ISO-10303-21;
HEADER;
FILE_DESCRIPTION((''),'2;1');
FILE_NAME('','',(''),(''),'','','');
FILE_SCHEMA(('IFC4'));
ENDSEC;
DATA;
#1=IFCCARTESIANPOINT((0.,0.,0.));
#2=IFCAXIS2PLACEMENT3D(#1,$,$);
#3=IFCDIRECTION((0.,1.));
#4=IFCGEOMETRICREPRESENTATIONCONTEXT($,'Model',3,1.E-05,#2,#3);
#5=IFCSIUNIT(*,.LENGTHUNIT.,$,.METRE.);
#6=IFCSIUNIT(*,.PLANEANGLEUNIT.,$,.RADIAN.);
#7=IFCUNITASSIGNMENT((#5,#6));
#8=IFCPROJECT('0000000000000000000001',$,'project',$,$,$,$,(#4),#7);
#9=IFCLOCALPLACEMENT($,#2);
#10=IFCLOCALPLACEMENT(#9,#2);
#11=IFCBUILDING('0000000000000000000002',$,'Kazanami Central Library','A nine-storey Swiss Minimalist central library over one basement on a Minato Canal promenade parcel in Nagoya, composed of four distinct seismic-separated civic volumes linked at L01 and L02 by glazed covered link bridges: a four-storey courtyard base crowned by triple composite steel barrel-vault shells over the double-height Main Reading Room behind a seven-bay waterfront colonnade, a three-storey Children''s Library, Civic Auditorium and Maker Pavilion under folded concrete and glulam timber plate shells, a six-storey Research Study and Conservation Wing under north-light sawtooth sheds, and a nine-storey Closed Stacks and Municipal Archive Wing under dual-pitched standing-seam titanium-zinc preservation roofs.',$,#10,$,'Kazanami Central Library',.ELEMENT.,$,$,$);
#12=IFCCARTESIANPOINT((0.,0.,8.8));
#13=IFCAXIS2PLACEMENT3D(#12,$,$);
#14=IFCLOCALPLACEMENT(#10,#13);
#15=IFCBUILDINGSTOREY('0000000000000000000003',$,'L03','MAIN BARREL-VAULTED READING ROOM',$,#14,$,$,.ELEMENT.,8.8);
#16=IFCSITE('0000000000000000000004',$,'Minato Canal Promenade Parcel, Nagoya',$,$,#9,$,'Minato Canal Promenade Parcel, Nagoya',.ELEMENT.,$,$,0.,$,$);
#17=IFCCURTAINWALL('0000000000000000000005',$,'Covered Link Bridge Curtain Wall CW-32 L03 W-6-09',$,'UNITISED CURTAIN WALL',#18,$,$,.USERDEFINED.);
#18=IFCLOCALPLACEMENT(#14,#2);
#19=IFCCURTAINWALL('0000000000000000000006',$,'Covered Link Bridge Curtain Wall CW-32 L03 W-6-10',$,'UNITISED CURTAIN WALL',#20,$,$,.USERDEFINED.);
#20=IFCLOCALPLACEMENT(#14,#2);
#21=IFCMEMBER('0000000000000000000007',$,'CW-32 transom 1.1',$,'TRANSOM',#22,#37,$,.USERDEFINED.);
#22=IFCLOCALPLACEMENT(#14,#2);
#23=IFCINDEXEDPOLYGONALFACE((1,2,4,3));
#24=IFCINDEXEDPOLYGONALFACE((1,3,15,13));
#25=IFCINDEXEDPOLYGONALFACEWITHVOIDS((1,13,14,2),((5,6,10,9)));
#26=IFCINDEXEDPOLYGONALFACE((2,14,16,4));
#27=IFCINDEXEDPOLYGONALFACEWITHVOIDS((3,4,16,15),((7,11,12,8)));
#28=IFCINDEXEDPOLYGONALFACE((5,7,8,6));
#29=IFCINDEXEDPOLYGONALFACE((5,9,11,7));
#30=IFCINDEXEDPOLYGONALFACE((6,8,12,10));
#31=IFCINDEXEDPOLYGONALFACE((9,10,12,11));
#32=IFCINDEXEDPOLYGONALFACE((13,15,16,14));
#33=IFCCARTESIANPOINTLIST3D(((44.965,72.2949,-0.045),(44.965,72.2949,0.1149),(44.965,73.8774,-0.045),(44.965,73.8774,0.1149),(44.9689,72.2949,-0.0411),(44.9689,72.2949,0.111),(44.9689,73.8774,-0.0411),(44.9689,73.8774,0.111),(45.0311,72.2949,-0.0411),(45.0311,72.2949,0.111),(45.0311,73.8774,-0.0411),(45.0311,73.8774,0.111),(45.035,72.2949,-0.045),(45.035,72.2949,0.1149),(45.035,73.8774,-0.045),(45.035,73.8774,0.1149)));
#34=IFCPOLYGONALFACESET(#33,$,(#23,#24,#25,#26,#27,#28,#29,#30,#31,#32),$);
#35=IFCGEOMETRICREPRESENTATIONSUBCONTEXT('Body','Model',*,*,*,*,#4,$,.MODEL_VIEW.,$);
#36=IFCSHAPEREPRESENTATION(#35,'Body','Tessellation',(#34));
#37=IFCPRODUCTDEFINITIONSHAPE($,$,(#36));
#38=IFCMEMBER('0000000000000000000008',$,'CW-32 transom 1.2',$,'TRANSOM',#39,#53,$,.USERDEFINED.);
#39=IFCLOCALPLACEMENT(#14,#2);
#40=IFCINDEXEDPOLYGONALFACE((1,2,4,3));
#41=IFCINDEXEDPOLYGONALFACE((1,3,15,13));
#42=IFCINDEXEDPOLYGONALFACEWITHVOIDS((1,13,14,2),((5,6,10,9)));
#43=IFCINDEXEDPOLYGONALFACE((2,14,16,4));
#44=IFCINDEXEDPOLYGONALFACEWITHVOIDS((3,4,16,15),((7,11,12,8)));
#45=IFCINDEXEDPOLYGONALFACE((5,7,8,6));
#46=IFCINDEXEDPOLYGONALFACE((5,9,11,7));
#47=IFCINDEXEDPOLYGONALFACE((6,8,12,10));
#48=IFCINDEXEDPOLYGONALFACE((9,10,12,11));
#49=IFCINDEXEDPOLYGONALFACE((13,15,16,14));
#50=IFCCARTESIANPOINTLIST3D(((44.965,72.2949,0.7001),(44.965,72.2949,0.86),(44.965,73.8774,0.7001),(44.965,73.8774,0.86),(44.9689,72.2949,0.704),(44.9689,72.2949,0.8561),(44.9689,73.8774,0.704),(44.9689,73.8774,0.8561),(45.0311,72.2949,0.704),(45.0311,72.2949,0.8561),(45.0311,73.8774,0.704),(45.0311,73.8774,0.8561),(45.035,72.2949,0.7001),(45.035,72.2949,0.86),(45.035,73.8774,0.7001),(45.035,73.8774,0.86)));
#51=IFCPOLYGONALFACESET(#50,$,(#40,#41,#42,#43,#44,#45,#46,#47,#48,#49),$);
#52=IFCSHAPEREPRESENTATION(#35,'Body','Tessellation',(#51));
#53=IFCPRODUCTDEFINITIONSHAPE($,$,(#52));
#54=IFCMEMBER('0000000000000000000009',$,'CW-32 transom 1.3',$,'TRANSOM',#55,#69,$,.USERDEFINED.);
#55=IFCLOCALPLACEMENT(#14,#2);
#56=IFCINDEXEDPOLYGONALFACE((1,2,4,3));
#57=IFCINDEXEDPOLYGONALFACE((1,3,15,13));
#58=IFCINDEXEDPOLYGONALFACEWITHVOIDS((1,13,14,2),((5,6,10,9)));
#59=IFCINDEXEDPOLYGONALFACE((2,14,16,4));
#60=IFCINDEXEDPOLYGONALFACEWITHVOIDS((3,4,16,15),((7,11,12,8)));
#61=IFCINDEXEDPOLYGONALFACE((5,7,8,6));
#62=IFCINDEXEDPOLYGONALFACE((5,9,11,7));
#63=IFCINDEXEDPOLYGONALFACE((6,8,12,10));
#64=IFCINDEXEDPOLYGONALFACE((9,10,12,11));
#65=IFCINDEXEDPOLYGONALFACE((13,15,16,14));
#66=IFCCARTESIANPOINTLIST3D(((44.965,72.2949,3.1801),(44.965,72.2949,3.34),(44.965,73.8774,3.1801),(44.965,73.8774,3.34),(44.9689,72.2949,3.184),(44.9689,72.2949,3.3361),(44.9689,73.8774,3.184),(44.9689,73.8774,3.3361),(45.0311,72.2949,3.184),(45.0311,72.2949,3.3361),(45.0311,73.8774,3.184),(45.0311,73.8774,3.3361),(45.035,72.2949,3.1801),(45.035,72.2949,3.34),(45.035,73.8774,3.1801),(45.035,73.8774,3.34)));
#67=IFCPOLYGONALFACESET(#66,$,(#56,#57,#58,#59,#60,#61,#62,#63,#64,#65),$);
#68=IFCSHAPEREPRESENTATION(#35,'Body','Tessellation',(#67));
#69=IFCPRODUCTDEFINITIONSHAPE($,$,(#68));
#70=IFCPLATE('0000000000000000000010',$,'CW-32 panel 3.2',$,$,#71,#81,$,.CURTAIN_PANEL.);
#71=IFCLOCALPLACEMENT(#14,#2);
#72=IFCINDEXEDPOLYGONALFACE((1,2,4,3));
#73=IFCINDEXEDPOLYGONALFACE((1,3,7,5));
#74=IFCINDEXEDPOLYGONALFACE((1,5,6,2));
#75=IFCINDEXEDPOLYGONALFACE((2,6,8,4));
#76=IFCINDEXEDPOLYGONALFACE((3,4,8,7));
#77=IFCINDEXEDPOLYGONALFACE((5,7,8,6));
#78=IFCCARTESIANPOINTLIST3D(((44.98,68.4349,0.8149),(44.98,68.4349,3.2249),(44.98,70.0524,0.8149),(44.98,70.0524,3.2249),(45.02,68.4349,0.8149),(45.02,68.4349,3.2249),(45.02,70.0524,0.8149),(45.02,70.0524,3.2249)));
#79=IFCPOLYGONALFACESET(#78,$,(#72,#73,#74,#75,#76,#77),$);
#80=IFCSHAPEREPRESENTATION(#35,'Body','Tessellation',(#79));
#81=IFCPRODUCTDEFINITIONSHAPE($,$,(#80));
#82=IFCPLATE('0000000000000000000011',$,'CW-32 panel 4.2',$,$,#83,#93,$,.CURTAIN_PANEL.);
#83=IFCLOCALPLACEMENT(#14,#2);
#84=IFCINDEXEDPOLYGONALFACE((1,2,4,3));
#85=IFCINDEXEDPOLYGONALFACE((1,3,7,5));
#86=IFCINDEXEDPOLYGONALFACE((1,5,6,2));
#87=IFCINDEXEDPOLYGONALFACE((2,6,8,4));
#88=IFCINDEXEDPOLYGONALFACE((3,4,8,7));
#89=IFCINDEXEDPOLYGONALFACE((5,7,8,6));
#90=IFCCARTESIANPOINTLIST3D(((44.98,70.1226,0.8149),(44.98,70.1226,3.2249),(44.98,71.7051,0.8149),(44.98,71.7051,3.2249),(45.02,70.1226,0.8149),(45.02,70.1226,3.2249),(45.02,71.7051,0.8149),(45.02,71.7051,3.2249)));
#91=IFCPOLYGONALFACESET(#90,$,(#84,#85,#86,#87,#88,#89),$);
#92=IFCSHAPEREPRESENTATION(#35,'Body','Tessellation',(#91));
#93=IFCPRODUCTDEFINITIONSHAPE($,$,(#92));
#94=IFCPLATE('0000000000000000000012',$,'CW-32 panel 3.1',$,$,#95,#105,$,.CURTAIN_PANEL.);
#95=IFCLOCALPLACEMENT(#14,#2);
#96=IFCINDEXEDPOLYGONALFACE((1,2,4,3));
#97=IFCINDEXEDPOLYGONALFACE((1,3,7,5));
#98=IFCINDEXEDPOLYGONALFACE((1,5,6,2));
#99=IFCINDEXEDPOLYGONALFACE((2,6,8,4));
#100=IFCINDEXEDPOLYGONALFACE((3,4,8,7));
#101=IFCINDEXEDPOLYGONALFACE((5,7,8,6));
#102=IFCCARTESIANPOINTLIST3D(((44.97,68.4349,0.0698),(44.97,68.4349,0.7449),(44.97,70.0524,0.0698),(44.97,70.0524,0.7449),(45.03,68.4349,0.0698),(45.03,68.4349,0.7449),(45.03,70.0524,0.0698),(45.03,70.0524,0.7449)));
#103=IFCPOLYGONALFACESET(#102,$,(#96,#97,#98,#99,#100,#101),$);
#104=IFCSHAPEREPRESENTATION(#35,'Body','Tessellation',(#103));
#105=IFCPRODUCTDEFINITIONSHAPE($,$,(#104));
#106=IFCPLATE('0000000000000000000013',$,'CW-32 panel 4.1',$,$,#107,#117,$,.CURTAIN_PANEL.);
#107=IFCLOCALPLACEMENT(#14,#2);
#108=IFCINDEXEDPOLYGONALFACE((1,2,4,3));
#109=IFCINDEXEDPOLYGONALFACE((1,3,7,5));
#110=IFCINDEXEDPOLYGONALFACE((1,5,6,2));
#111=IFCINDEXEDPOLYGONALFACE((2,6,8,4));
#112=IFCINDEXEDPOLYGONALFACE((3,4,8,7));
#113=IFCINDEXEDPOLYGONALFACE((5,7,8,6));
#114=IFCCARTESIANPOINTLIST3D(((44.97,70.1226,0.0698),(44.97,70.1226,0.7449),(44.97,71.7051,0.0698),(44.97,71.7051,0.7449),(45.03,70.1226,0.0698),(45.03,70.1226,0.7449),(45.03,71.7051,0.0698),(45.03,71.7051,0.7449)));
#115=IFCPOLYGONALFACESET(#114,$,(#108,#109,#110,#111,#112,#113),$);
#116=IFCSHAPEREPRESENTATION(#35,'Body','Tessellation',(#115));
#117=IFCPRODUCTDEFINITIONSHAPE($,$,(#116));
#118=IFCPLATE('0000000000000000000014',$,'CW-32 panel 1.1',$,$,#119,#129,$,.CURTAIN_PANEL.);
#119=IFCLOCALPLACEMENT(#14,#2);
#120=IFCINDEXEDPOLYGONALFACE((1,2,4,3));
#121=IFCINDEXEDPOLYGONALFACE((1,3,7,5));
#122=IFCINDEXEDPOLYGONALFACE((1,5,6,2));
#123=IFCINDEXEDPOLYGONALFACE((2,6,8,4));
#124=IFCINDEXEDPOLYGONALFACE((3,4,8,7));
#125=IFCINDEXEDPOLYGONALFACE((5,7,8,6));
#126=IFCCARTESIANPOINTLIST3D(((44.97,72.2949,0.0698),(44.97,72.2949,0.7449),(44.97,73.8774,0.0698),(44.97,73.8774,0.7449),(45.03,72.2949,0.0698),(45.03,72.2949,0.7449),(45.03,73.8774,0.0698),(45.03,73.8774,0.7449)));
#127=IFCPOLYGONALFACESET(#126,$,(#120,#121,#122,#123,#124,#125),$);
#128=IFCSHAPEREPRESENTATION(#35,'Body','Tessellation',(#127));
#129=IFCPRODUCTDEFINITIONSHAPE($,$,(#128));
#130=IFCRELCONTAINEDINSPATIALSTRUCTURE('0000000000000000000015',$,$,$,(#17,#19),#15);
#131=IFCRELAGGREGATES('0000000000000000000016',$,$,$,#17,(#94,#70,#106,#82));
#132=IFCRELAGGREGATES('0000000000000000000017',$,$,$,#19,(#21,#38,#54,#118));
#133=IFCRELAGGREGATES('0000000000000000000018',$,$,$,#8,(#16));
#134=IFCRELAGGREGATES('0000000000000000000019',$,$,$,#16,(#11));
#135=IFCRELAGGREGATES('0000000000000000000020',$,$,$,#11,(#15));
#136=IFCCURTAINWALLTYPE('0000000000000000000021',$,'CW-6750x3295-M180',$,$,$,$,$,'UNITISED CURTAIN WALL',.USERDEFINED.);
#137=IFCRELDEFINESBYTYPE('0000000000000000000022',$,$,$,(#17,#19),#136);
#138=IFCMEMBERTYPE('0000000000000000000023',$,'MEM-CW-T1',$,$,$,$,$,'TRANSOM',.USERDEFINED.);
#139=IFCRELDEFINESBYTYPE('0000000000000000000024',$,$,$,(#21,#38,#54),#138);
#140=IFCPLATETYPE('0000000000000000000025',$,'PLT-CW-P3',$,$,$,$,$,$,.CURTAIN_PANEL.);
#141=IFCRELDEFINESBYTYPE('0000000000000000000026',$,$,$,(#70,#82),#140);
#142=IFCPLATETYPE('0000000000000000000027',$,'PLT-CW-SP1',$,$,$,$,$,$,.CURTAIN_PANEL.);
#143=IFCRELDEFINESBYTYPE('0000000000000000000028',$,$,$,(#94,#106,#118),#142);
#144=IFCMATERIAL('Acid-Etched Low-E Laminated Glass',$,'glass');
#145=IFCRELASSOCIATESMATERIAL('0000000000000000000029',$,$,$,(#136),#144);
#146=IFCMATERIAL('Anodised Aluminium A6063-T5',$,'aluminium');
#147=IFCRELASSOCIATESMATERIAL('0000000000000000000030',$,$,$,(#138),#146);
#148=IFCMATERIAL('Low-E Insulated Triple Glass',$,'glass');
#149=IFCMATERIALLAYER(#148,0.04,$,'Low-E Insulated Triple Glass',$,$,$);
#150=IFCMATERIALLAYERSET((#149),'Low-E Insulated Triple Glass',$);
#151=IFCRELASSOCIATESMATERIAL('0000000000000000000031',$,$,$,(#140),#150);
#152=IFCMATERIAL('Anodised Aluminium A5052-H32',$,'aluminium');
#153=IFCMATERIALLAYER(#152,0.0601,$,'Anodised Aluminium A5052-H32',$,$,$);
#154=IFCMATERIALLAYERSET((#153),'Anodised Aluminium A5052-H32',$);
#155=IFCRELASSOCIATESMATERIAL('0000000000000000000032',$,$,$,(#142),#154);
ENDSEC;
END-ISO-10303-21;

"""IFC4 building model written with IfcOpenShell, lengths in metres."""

from ifc_helpers import new_model, si_unit, direction, frame, origin, origin_2d, place, context, subcontext, project, spatial, rectangle, hollow_rectangle, extrude, material, layer, layer_set, material_profile, profile_set, type_object, element, aggregate, save


model = new_model("IFC4")

# Units and contexts
model_context = context("Model", 3, precision=1e-05, world=origin(), true_north=direction((0.0, 1.0)))
body_context = subcontext(model_context, "Body", "Model", "MODEL_VIEW")
ifc_project = project(units=[si_unit("LENGTHUNIT", "METRE"), si_unit("PLANEANGLEUNIT", "RADIAN")], contexts=[model_context])

# Site, building, storey
site_placement = place(None, origin())
site = spatial("IfcSite", under=ifc_project, at=site_placement, Name="Minato Canal Promenade Parcel, Nagoya", LongName="Minato Canal Promenade Parcel, Nagoya", CompositionType="ELEMENT", RefElevation=0.0)
building_placement = place(site_placement, origin())
building = spatial("IfcBuilding", under=site, at=building_placement, Name="Kazanami Central Library", Description="A nine-storey Swiss Minimalist central library over one basement on a Minato Canal promenade parcel in Nagoya, composed of four distinct seismic-separated civic volumes linked at L01 and L02 by glazed covered link bridges: a four-storey courtyard base crowned by triple composite steel barrel-vault shells over the double-height Main Reading Room behind a seven-bay waterfront colonnade, a three-storey Children's Library, Civic Auditorium and Maker Pavilion under folded concrete and glulam timber plate shells, a six-storey Research Study and Conservation Wing under north-light sawtooth sheds, and a nine-storey Closed Stacks and Municipal Archive Wing under dual-pitched standing-seam titanium-zinc preservation roofs.", LongName="Kazanami Central Library", CompositionType="ELEMENT")
storey_placement = place(building_placement, frame((0.0, 0.0, 8.8)))
storey = spatial("IfcBuildingStorey", under=building, at=storey_placement, Name="L03", Description="MAIN BARREL-VAULTED READING ROOM", CompositionType="ELEMENT", Elevation=8.8)

# Curtain wall
ifc_material_1 = material(Name="Acid-Etched Low-E Laminated Glass", Category="glass")
curtain_wall_type = type_object("IfcCurtainWallType", Name="CW-6750x3295-M180", ElementType="UNITISED CURTAIN WALL", PredefinedType="USERDEFINED", material=ifc_material_1)
curtain_wall_1_placement = place(storey_placement, origin())
curtain_wall_1 = element("IfcCurtainWall", 1, at=curtain_wall_1_placement, inside=storey, type_object=curtain_wall_type, Name="Covered Link Bridge Curtain Wall CW-32 L03 W-6-09", ObjectType="UNITISED CURTAIN WALL", PredefinedType="USERDEFINED")
ifc_material_2 = material(Name="Anodised Aluminium A6063-T5", Category="aluminium")

# Curtain wall
curtain_wall_2_placement = place(storey_placement, origin())
curtain_wall_2 = element("IfcCurtainWall", 2, at=curtain_wall_2_placement, inside=storey, type_object=curtain_wall_type, Name="Covered Link Bridge Curtain Wall CW-32 L03 W-6-10", ObjectType="UNITISED CURTAIN WALL", PredefinedType="USERDEFINED")

# Members
ifc_material_profile_1 = material_profile(ifc_material_2, hollow_rectangle(XDim=0.0701, YDim=0.1599, WallThickness=0.0039, at=origin_2d()), Name="ALU-TRAN-70x160x4")
ifc_profile_set_1 = profile_set([ifc_material_profile_1], Name="Anodised Aluminium A6063-T5")
member_type_1 = type_object("IfcMemberType", Name="MEM-CW-T1", ElementType="TRANSOM", PredefinedType="USERDEFINED", material=ifc_profile_set_1)
member_1_placement = place(storey_placement, frame((45.0, 72.2949, 0.0349), z_axis=(0.0, 1.0, 0.0), x_axis=(-1.0, 0.0, 0.0)))
member_1 = element("IfcMember", 3, at=member_1_placement, type_object=member_type_1, Name="CW-32 transom 1.1", ObjectType="TRANSOM", PredefinedType="USERDEFINED", context=body_context, shape_type="SweptSolid", body=[
    extrude(hollow_rectangle(XDim=0.0701, YDim=0.1599, WallThickness=0.0039, at=origin_2d()), origin(), (0.0, 0.0, 1.0), 1.5825),
])
member_2_placement = place(storey_placement, frame((45.0, 72.2949, 0.78), z_axis=(0.0, 1.0, 0.0), x_axis=(-1.0, 0.0, 0.0)))
member_2 = element("IfcMember", 4, at=member_2_placement, type_object=member_type_1, Name="CW-32 transom 1.2", ObjectType="TRANSOM", PredefinedType="USERDEFINED", context=body_context, shape_type="SweptSolid", body=[
    extrude(hollow_rectangle(XDim=0.0701, YDim=0.1599, WallThickness=0.0039, at=origin_2d()), origin(), (0.0, 0.0, 1.0), 1.5825),
])
member_3_placement = place(storey_placement, frame((45.0, 72.2949, 3.26), z_axis=(0.0, 1.0, 0.0), x_axis=(-1.0, 0.0, 0.0)))
member_3 = element("IfcMember", 5, at=member_3_placement, type_object=member_type_1, Name="CW-32 transom 1.3", ObjectType="TRANSOM", PredefinedType="USERDEFINED", context=body_context, shape_type="SweptSolid", body=[
    extrude(hollow_rectangle(XDim=0.0701, YDim=0.1599, WallThickness=0.0039, at=origin_2d()), origin(), (0.0, 0.0, 1.0), 1.5825),
])

# Plates
ifc_material_3 = material(Name="Low-E Insulated Triple Glass", Category="glass")
ifc_layer_1 = layer(ifc_material_3, 0.04, Name="Low-E Insulated Triple Glass")
ifc_layer_set_1 = layer_set([ifc_layer_1], Name="Low-E Insulated Triple Glass")
plate_type_1 = type_object("IfcPlateType", Name="PLT-CW-P3", PredefinedType="CURTAIN_PANEL", material=ifc_layer_set_1)
plate_1_placement = place(storey_placement, frame((45.0, 69.2437, 0.8149), z_axis=(0.0, 0.0, 1.0), x_axis=(0.0, 1.0, 0.0)))
plate_1 = element("IfcPlate", 6, at=plate_1_placement, type_object=plate_type_1, Name="CW-32 panel 3.2", PredefinedType="CURTAIN_PANEL", context=body_context, shape_type="SweptSolid", body=[
    extrude(rectangle(XDim=1.6174, YDim=0.04, at=origin_2d()), origin(), (0.0, 0.0, 1.0), 2.4099),
])
plate_2_placement = place(storey_placement, frame((45.0, 70.9138, 0.8149), z_axis=(0.0, 0.0, 1.0), x_axis=(0.0, 1.0, 0.0)))
plate_2 = element("IfcPlate", 7, at=plate_2_placement, type_object=plate_type_1, Name="CW-32 panel 4.2", PredefinedType="CURTAIN_PANEL", context=body_context, shape_type="SweptSolid", body=[
    extrude(rectangle(XDim=1.5825, YDim=0.04, at=origin_2d()), origin(), (0.0, 0.0, 1.0), 2.4099),
])
ifc_material_4 = material(Name="Anodised Aluminium A5052-H32", Category="aluminium")
ifc_layer_2 = layer(ifc_material_4, 0.0601, Name="Anodised Aluminium A5052-H32")
ifc_layer_set_2 = layer_set([ifc_layer_2], Name="Anodised Aluminium A5052-H32")
plate_type_2 = type_object("IfcPlateType", Name="PLT-CW-SP1", PredefinedType="CURTAIN_PANEL", material=ifc_layer_set_2)
plate_3_placement = place(storey_placement, frame((45.0, 69.2437, 0.0698), z_axis=(0.0, 0.0, 1.0), x_axis=(0.0, 1.0, 0.0)))
plate_3 = element("IfcPlate", 8, at=plate_3_placement, type_object=plate_type_2, Name="CW-32 panel 3.1", PredefinedType="CURTAIN_PANEL", context=body_context, shape_type="SweptSolid", body=[
    extrude(rectangle(XDim=1.6174, YDim=0.0601, at=origin_2d()), origin(), (0.0, 0.0, 1.0), 0.675),
])
plate_4_placement = place(storey_placement, frame((45.0, 70.9138, 0.0698), z_axis=(0.0, 0.0, 1.0), x_axis=(0.0, 1.0, 0.0)))
plate_4 = element("IfcPlate", 9, at=plate_4_placement, type_object=plate_type_2, Name="CW-32 panel 4.1", PredefinedType="CURTAIN_PANEL", context=body_context, shape_type="SweptSolid", body=[
    extrude(rectangle(XDim=1.5825, YDim=0.0601, at=origin_2d()), origin(), (0.0, 0.0, 1.0), 0.675),
])
aggregate(curtain_wall_1, [plate_3, plate_1, plate_4, plate_2])
plate_5_placement = place(storey_placement, frame((45.0, 73.0862, 0.0698), z_axis=(0.0, 0.0, 1.0), x_axis=(0.0, 1.0, 0.0)))
plate_5 = element("IfcPlate", 10, at=plate_5_placement, type_object=plate_type_2, Name="CW-32 panel 1.1", PredefinedType="CURTAIN_PANEL", context=body_context, shape_type="SweptSolid", body=[
    extrude(rectangle(XDim=1.5825, YDim=0.0601, at=origin_2d()), origin(), (0.0, 0.0, 1.0), 0.675),
])
aggregate(curtain_wall_2, [member_1, member_2, member_3, plate_5])

save(model, "model.ifc")
